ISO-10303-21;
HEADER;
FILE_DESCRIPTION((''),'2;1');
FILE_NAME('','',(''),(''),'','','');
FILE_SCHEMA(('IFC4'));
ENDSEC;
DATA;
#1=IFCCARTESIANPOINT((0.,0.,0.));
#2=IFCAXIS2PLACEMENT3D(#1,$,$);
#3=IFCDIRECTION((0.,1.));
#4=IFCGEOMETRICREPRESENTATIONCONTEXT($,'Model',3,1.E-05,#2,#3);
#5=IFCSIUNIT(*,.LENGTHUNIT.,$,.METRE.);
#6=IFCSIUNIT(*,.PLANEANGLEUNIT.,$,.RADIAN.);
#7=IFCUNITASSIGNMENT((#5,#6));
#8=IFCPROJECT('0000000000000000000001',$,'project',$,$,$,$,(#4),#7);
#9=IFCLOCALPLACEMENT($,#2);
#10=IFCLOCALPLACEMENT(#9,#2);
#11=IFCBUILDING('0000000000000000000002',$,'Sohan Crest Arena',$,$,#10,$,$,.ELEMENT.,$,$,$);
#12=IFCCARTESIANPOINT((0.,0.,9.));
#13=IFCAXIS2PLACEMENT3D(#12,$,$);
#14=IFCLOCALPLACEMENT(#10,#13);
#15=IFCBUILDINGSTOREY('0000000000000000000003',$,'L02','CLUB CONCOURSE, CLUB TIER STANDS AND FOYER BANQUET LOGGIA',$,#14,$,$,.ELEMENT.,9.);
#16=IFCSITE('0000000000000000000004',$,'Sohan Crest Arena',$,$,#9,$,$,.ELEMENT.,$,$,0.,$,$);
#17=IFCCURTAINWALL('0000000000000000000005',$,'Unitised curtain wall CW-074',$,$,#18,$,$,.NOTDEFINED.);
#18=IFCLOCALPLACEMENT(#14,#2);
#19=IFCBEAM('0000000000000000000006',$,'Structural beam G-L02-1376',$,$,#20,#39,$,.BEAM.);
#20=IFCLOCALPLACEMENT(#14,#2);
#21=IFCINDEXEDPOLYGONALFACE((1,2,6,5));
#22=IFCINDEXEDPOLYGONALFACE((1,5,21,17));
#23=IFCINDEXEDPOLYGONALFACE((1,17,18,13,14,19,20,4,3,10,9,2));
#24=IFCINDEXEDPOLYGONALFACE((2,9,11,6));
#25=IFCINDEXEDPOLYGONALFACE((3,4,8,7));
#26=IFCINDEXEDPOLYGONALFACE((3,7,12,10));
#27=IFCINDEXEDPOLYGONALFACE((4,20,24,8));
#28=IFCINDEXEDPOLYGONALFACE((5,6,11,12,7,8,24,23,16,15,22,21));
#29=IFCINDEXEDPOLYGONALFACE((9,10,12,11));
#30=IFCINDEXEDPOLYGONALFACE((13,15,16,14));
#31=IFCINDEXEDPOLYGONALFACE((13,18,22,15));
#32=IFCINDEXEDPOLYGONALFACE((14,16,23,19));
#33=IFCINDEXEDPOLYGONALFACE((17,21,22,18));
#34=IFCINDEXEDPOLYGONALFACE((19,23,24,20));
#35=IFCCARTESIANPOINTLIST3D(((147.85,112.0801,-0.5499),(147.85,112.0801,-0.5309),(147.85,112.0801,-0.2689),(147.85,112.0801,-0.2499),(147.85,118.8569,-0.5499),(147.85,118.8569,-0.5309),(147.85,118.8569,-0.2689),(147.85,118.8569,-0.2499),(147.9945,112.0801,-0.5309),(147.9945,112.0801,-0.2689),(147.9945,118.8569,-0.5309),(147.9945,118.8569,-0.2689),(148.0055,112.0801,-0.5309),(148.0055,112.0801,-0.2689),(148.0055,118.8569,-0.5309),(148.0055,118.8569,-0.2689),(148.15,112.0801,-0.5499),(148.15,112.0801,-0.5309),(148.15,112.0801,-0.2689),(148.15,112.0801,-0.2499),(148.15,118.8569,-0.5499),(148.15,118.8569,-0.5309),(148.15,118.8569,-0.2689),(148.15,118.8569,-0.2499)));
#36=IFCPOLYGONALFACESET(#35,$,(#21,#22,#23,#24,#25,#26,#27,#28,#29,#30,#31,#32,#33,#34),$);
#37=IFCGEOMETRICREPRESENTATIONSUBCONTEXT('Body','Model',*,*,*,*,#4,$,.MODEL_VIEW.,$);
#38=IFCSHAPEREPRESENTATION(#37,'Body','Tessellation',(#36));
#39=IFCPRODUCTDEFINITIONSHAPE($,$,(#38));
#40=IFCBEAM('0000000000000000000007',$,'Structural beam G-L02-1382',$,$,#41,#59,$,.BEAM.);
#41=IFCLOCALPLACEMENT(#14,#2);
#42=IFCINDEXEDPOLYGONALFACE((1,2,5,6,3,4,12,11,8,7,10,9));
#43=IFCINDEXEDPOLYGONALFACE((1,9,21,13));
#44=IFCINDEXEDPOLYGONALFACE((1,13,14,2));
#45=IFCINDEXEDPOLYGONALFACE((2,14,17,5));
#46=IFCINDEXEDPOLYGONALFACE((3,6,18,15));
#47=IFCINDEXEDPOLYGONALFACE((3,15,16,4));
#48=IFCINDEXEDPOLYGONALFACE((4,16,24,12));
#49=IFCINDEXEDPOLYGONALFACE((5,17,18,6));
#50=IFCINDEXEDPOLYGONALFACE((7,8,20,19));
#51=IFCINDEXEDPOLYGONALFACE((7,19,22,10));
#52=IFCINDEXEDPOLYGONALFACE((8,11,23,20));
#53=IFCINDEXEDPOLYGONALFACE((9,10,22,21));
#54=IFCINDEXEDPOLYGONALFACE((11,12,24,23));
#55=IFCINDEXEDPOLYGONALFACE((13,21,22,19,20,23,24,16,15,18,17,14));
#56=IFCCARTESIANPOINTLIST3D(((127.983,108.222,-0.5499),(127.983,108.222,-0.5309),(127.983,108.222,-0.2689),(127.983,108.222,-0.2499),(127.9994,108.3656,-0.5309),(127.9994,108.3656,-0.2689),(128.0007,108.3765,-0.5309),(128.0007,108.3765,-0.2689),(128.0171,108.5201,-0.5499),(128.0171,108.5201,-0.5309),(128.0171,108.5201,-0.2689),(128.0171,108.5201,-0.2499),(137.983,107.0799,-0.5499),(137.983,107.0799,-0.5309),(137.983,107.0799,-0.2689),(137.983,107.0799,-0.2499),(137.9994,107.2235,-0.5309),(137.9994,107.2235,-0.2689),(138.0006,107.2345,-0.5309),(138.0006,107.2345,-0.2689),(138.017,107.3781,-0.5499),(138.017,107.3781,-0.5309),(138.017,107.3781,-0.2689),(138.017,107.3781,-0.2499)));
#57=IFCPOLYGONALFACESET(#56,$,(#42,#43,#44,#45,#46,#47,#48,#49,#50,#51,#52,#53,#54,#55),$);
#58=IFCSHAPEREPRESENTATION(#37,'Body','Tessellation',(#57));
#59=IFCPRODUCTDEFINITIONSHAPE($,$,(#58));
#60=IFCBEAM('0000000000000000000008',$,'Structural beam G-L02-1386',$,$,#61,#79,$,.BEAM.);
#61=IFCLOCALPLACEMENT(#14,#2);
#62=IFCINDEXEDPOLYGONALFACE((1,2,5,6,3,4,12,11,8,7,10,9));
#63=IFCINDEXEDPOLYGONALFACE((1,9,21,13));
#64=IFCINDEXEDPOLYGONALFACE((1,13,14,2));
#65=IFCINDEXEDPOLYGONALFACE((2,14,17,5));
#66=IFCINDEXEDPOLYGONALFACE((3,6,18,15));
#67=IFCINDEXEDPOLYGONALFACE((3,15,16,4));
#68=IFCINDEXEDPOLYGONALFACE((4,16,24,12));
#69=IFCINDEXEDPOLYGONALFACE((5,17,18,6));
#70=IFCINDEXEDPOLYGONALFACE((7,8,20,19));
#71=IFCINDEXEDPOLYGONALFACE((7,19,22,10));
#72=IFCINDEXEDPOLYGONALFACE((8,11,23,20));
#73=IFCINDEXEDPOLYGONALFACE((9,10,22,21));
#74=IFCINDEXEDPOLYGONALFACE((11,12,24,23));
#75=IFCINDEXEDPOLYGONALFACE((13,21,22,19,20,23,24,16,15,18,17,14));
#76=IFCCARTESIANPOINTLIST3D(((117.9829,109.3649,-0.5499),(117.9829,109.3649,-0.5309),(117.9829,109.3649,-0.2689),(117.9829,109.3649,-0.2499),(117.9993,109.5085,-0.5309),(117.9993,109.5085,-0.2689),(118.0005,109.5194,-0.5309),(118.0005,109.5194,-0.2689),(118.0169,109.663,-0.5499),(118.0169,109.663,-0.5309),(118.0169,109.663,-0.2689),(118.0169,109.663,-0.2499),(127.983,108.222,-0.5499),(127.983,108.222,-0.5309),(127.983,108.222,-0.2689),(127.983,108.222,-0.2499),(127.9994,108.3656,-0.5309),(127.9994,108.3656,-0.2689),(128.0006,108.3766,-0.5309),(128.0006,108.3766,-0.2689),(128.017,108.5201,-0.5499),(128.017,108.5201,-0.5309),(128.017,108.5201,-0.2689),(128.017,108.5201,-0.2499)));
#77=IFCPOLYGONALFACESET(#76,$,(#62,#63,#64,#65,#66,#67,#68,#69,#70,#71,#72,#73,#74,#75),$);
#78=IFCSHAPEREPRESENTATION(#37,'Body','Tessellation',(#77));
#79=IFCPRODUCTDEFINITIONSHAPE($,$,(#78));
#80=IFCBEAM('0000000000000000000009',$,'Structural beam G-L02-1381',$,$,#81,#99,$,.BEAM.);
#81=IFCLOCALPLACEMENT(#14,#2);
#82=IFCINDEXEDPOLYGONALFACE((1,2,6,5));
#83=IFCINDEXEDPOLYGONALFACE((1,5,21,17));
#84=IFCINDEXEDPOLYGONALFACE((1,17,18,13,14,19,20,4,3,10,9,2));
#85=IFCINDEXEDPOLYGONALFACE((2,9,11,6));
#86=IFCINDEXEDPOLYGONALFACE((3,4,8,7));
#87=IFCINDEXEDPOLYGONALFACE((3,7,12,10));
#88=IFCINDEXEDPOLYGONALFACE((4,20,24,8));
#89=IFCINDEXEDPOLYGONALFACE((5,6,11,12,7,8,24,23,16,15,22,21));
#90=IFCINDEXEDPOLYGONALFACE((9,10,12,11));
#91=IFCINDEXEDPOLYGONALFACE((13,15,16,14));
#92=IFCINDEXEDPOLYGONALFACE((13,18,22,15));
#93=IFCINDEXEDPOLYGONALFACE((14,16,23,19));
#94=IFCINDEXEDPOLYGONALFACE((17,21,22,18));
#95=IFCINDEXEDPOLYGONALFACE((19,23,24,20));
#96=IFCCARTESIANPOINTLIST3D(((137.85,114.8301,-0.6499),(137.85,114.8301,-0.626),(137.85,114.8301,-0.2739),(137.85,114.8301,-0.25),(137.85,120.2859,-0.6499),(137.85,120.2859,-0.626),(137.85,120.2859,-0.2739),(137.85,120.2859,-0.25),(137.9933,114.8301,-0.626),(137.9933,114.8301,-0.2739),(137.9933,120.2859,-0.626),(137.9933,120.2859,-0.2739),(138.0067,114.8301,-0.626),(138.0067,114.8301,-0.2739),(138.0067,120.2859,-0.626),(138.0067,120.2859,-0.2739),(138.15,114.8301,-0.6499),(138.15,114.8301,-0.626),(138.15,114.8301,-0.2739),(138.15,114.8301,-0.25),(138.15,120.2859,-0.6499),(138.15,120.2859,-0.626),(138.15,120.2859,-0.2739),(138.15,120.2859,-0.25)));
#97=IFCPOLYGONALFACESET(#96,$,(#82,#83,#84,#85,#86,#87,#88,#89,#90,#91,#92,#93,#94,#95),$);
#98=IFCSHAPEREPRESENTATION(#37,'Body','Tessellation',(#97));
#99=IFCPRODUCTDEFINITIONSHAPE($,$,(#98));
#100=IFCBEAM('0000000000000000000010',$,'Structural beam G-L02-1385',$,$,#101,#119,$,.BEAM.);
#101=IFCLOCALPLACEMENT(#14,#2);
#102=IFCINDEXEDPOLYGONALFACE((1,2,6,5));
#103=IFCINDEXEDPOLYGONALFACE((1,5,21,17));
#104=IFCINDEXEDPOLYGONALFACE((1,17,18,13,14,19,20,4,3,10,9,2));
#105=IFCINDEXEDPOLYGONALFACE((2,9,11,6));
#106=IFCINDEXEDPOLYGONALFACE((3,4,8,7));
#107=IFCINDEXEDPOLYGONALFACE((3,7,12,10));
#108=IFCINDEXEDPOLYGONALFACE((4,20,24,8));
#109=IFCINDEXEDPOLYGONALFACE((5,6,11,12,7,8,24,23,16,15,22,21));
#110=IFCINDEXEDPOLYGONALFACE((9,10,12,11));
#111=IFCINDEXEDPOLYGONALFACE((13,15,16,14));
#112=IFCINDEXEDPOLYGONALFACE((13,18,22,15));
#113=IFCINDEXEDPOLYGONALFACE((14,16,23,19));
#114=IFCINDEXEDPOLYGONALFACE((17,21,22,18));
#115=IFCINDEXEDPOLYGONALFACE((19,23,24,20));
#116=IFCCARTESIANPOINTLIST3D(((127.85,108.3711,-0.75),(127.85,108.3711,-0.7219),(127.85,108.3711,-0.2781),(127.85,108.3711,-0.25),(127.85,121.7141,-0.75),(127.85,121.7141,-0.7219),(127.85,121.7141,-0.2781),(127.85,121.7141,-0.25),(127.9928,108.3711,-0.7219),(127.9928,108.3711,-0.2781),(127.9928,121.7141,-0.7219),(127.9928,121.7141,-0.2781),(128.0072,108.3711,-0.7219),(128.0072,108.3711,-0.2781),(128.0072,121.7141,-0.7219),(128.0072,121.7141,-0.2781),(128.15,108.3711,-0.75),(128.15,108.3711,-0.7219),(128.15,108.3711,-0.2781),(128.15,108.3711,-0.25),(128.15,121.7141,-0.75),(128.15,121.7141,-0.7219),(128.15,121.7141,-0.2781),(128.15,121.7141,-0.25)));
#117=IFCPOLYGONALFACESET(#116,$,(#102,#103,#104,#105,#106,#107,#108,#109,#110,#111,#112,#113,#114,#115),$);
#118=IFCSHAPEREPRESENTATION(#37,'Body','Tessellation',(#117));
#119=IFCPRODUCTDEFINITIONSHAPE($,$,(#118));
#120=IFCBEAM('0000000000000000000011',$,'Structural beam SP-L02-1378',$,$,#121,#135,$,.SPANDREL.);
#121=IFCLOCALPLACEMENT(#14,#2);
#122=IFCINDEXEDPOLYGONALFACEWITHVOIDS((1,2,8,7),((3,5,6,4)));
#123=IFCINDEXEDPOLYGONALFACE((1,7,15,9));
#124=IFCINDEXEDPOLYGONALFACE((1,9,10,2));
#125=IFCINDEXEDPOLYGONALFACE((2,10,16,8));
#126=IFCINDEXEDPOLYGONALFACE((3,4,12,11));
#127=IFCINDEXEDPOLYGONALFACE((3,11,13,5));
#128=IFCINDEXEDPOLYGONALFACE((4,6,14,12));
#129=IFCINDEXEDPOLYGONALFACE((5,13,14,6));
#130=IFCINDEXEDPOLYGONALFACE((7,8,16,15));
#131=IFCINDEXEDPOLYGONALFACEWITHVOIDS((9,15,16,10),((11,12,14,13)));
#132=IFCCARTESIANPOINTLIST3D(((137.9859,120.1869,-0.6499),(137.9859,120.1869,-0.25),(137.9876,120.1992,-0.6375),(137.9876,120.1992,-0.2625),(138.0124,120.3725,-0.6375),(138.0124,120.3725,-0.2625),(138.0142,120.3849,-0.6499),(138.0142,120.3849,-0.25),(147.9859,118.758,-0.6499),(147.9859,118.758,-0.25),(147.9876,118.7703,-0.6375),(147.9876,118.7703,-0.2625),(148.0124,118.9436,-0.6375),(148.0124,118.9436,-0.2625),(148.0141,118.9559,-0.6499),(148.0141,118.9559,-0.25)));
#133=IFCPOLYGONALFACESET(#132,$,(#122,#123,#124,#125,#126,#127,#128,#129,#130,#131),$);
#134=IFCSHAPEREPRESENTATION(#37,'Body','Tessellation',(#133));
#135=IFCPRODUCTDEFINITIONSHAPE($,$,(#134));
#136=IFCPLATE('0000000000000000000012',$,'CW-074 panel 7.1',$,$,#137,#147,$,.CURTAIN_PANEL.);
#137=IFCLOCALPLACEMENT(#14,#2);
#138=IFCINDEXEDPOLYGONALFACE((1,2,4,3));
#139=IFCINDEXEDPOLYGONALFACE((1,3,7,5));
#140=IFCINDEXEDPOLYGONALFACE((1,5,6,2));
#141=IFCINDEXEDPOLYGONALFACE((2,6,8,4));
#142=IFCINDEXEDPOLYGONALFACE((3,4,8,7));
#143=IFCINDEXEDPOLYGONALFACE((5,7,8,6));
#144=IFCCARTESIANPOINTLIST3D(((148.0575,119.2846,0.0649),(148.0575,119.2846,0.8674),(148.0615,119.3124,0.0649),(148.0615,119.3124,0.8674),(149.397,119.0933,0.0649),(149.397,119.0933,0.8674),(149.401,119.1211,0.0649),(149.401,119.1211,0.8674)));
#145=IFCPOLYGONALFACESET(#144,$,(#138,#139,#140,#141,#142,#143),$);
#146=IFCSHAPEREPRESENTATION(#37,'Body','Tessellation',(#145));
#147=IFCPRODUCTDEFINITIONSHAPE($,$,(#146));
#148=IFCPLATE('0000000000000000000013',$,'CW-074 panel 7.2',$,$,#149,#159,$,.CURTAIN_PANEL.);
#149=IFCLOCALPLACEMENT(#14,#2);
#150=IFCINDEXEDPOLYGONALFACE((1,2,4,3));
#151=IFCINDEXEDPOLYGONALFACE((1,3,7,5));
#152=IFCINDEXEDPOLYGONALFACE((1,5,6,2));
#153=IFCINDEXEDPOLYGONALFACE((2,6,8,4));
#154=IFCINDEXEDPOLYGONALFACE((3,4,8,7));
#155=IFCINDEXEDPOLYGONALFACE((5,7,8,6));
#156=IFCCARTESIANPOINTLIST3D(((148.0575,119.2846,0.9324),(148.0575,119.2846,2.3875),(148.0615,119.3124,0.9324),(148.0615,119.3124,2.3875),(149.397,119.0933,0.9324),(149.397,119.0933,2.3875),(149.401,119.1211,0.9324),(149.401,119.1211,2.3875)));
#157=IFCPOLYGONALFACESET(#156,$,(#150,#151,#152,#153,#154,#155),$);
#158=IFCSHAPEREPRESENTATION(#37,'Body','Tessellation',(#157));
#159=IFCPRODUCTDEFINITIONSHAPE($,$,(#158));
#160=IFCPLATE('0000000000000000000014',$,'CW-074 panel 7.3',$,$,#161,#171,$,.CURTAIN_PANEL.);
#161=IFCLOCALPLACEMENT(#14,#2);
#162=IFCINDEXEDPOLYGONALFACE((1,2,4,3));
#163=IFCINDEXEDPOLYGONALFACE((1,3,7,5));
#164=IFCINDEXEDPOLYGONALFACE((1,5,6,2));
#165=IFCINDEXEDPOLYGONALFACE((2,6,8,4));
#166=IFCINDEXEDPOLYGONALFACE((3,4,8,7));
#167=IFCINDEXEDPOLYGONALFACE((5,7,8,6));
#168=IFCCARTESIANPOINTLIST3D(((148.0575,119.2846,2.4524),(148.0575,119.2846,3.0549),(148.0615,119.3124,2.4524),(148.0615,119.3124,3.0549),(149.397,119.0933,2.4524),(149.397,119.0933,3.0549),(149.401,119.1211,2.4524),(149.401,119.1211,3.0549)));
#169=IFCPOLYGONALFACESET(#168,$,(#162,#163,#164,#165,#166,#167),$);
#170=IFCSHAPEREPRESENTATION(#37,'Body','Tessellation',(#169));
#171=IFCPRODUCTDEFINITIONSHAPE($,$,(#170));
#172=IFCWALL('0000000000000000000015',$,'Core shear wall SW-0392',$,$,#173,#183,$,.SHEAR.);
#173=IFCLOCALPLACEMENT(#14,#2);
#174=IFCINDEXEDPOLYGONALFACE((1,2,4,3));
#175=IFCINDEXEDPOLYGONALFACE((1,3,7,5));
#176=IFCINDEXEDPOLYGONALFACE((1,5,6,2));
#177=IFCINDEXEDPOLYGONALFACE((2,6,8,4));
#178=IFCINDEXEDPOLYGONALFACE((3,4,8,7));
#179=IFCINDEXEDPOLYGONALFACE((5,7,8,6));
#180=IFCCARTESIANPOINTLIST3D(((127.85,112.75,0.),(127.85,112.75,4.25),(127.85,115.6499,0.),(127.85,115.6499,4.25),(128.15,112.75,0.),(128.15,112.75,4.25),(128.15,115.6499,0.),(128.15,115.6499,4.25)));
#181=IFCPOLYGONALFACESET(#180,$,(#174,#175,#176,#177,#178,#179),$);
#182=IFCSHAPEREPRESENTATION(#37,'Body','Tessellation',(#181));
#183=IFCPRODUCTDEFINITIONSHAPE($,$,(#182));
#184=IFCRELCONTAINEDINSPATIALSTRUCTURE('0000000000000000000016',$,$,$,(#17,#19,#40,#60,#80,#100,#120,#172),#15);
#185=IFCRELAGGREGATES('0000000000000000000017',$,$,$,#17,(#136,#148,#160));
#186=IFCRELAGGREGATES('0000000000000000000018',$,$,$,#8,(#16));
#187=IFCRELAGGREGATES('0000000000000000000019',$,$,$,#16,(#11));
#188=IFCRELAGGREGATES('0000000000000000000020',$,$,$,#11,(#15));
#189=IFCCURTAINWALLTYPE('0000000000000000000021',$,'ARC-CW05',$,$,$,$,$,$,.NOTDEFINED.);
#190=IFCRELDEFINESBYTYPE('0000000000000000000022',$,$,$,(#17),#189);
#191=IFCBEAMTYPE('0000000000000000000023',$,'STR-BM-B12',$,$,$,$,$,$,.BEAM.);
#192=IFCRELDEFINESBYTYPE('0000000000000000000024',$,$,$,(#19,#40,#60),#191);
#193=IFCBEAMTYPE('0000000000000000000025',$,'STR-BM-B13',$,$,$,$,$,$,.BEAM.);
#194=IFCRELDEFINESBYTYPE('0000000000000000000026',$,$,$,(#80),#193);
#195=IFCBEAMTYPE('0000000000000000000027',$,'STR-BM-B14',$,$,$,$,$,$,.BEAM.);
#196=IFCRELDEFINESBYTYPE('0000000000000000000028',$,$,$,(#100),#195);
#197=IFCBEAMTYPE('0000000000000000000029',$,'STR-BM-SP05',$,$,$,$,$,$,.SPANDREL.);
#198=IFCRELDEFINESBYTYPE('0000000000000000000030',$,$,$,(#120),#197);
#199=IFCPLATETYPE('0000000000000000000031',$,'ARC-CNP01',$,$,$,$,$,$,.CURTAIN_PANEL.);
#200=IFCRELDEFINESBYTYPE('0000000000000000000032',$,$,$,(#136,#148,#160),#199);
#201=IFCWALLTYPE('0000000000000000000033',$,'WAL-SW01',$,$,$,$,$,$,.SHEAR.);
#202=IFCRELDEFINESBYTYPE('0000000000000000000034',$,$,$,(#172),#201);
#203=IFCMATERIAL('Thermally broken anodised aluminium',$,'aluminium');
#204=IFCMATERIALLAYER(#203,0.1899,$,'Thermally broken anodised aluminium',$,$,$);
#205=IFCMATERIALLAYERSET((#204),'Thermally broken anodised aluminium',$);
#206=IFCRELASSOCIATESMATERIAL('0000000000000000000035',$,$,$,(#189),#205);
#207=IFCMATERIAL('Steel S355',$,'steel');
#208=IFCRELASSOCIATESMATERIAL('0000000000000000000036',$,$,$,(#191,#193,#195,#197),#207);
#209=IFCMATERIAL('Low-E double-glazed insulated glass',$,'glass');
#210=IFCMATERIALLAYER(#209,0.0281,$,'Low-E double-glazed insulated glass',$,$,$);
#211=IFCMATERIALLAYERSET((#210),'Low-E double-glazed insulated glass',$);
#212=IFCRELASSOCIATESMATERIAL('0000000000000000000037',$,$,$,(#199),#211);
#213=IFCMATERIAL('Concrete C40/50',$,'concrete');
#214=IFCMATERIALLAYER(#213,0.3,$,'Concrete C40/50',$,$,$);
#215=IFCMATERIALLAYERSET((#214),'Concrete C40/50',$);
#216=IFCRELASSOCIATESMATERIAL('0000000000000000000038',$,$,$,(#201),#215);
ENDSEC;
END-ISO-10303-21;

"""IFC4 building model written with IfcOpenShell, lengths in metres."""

from ifc_helpers import new_model, si_unit, direction, frame, frame_2d, origin, origin_2d, place, context, subcontext, project, spatial, rectangle, hollow_rectangle, i_section, extrude, material, layer, layer_set, material_profile, profile_set, type_object, element, aggregate, save


model = new_model("IFC4")

# Units and contexts
model_context = context("Model", 3, precision=1e-05, world=origin(), true_north=direction((0.0, 1.0)))
body_context = subcontext(model_context, "Body", "Model", "MODEL_VIEW")
ifc_project = project(units=[si_unit("LENGTHUNIT", "METRE"), si_unit("PLANEANGLEUNIT", "RADIAN")], contexts=[model_context])

# Site, building, storey
site_placement = place(None, origin())
site = spatial("IfcSite", under=ifc_project, at=site_placement, Name="Sohan Crest Arena", CompositionType="ELEMENT", RefElevation=0.0)
building_placement = place(site_placement, origin())
building = spatial("IfcBuilding", under=site, at=building_placement, Name="Sohan Crest Arena", CompositionType="ELEMENT")
storey_placement = place(building_placement, frame((0.0, 0.0, 9.0)))
storey = spatial("IfcBuildingStorey", under=building, at=storey_placement, Name="L02", Description="CLUB CONCOURSE, CLUB TIER STANDS AND FOYER BANQUET LOGGIA", CompositionType="ELEMENT", Elevation=9.0)

# Shared definitions
ifc_material_1 = material(Name="Steel S355", Category="steel")

# Curtain wall
ifc_material_2 = material(Name="Thermally broken anodised aluminium", Category="aluminium")
ifc_layer_1 = layer(ifc_material_2, 0.1899, Name="Thermally broken anodised aluminium")
ifc_layer_set_1 = layer_set([ifc_layer_1], Name="Thermally broken anodised aluminium")
curtain_wall_type_1 = type_object("IfcCurtainWallType", Name="ARC-CW05", PredefinedType="NOTDEFINED", material=ifc_layer_set_1)
curtain_wall_1_placement = place(storey_placement, origin())
curtain_wall_1 = element("IfcCurtainWall", 1, at=curtain_wall_1_placement, inside=storey, type_object=curtain_wall_type_1, Name="Unitised curtain wall CW-074", PredefinedType="NOTDEFINED")

# Beams
ifc_material_profile_1 = material_profile(ifc_material_1, i_section(OverallWidth=0.3, OverallDepth=0.3, WebThickness=0.011, FlangeThickness=0.019, at=origin_2d()), Name="HEB 300")
ifc_profile_set_1 = profile_set([ifc_material_profile_1], Name="Steel S355")
beam_type_1 = type_object("IfcBeamType", Name="STR-BM-B12", PredefinedType="BEAM", material=ifc_profile_set_1)
beam_1_placement = place(storey_placement, frame((148.0, 112.0801, -0.3999), z_axis=(0.0, 1.0, 0.0), x_axis=(-1.0, 0.0, 0.0)))
element("IfcBeam", 2, at=beam_1_placement, inside=storey, type_object=beam_type_1, Name="Structural beam G-L02-1376", PredefinedType="BEAM", context=body_context, shape_type="SweptSolid", body=[
    extrude(i_section(OverallWidth=0.3, OverallDepth=0.3, WebThickness=0.011, FlangeThickness=0.019, at=origin_2d()), origin(), (0.0, 0.0, 1.0), 6.7769),
])
beam_2_placement = place(storey_placement, frame((138.0, 107.229, -0.3999), z_axis=(-0.993541, 0.113471, 0.0), x_axis=(-0.113471, -0.993541, 0.0)))
element("IfcBeam", 3, at=beam_2_placement, inside=storey, type_object=beam_type_1, Name="Structural beam G-L02-1382", PredefinedType="BEAM", context=body_context, shape_type="SweptSolid", body=[
    extrude(i_section(OverallWidth=0.3, OverallDepth=0.3, WebThickness=0.011, FlangeThickness=0.019, at=origin_2d()), origin(), (0.0, 0.0, 1.0), 10.0649),
])
beam_3_placement = place(storey_placement, frame((128.0, 108.3711, -0.3999), z_axis=(-0.993533, 0.113543, 0.0), x_axis=(-0.113543, -0.993533, 0.0)))
element("IfcBeam", 4, at=beam_3_placement, inside=storey, type_object=beam_type_1, Name="Structural beam G-L02-1386", PredefinedType="BEAM", context=body_context, shape_type="SweptSolid", body=[
    extrude(i_section(OverallWidth=0.3, OverallDepth=0.3, WebThickness=0.011, FlangeThickness=0.019, at=origin_2d()), origin(), (0.0, 0.0, 1.0), 10.0652),
])
ifc_material_profile_2 = material_profile(ifc_material_1, i_section(OverallWidth=0.3, OverallDepth=0.3999, WebThickness=0.0134, FlangeThickness=0.0239, at=origin_2d()), Name="HEB 400")
ifc_profile_set_2 = profile_set([ifc_material_profile_2], Name="Steel S355")
beam_type_2 = type_object("IfcBeamType", Name="STR-BM-B13", PredefinedType="BEAM", material=ifc_profile_set_2)
beam_4_placement = place(storey_placement, frame((138.0, 114.8301, -0.45), z_axis=(0.0, 1.0, 0.0), x_axis=(-1.0, 0.0, 0.0)))
element("IfcBeam", 5, at=beam_4_placement, inside=storey, type_object=beam_type_2, Name="Structural beam G-L02-1381", PredefinedType="BEAM", context=body_context, shape_type="SweptSolid", body=[
    extrude(i_section(OverallWidth=0.3, OverallDepth=0.3999, WebThickness=0.0134, FlangeThickness=0.0239, at=origin_2d()), origin(), (0.0, 0.0, 1.0), 5.4558),
])
ifc_material_profile_3 = material_profile(ifc_material_1, i_section(OverallWidth=0.3, OverallDepth=0.5, WebThickness=0.0144, FlangeThickness=0.0281, at=origin_2d()), Name="HEB 500")
ifc_profile_set_3 = profile_set([ifc_material_profile_3], Name="Steel S355")
beam_type_3 = type_object("IfcBeamType", Name="STR-BM-B14", PredefinedType="BEAM", material=ifc_profile_set_3)
beam_5_placement = place(storey_placement, frame((128.0, 108.3711, -0.5), z_axis=(0.0, 1.0, 0.0), x_axis=(-1.0, 0.0, 0.0)))
element("IfcBeam", 6, at=beam_5_placement, inside=storey, type_object=beam_type_3, Name="Structural beam G-L02-1385", PredefinedType="BEAM", context=body_context, shape_type="SweptSolid", body=[
    extrude(i_section(OverallWidth=0.3, OverallDepth=0.5, WebThickness=0.0144, FlangeThickness=0.0281, at=origin_2d()), origin(), (0.0, 0.0, 1.0), 13.343),
])
ifc_material_profile_4 = material_profile(ifc_material_1, hollow_rectangle(XDim=0.2, YDim=0.3999, WallThickness=0.0125, at=origin_2d()), Name="RHS 400x200x12.5")
ifc_profile_set_4 = profile_set([ifc_material_profile_4], Name="Steel S355")
beam_type_4 = type_object("IfcBeamType", Name="STR-BM-SP05", PredefinedType="SPANDREL", material=ifc_profile_set_4)
beam_6_placement = place(storey_placement, frame((148.0, 118.8569, -0.45), z_axis=(-0.989944, 0.141459, 0.0), x_axis=(-0.141459, -0.989944, 0.0)))
element("IfcBeam", 7, at=beam_6_placement, inside=storey, type_object=beam_type_4, Name="Structural beam SP-L02-1378", PredefinedType="SPANDREL", context=body_context, shape_type="SweptSolid", body=[
    extrude(hollow_rectangle(XDim=0.2, YDim=0.3999, WallThickness=0.0125, at=origin_2d()), origin(), (0.0, 0.0, 1.0), 10.1016),
])

# Plates
ifc_material_3 = material(Name="Low-E double-glazed insulated glass", Category="glass")
ifc_layer_2 = layer(ifc_material_3, 0.0281, Name="Low-E double-glazed insulated glass")
ifc_layer_set_2 = layer_set([ifc_layer_2], Name="Low-E double-glazed insulated glass")
plate_type = type_object("IfcPlateType", Name="ARC-CNP01", PredefinedType="CURTAIN_PANEL", material=ifc_layer_set_2)
plate_1_placement = place(storey_placement, frame((148.7292, 119.2029, 0.0649), z_axis=(0.0, 0.0, 1.0), x_axis=(-0.989957, 0.141366, 0.0)))
plate_1 = element("IfcPlate", 8, at=plate_1_placement, type_object=plate_type, Name="CW-074 panel 7.1", PredefinedType="CURTAIN_PANEL", context=body_context, shape_type="SweptSolid", body=[
    extrude(rectangle(XDim=1.353, YDim=0.0281, at=origin_2d()), origin(), (0.0, 0.0, 1.0), 0.8025),
])
plate_2_placement = place(storey_placement, frame((148.7292, 119.2029, 0.9324), z_axis=(0.0, 0.0, 1.0), x_axis=(-0.989957, 0.141366, 0.0)))
plate_2 = element("IfcPlate", 9, at=plate_2_placement, type_object=plate_type, Name="CW-074 panel 7.2", PredefinedType="CURTAIN_PANEL", context=body_context, shape_type="SweptSolid", body=[
    extrude(rectangle(XDim=1.353, YDim=0.0281, at=origin_2d()), origin(), (0.0, 0.0, 1.0), 1.4551),
])
plate_3_placement = place(storey_placement, frame((148.7292, 119.2029, 2.4524), z_axis=(0.0, 0.0, 1.0), x_axis=(-0.989957, 0.141366, 0.0)))
plate_3 = element("IfcPlate", 10, at=plate_3_placement, type_object=plate_type, Name="CW-074 panel 7.3", PredefinedType="CURTAIN_PANEL", context=body_context, shape_type="SweptSolid", body=[
    extrude(rectangle(XDim=1.353, YDim=0.0281, at=origin_2d()), origin(), (0.0, 0.0, 1.0), 0.6025),
])
aggregate(curtain_wall_1, [plate_1, plate_2, plate_3])

# Wall
ifc_material_4 = material(Name="Concrete C40/50", Category="concrete")
ifc_layer_3 = layer(ifc_material_4, 0.3, Name="Concrete C40/50")
ifc_layer_set_3 = layer_set([ifc_layer_3], Name="Concrete C40/50")
wall_type_1 = type_object("IfcWallType", Name="WAL-SW01", PredefinedType="SHEAR", material=ifc_layer_set_3)
for number, where, z_axis, x_axis, name in (
    (11, (128.0, 112.75, 0.0), (0.0, 0.0, 1.0), (0.0, 1.0, 0.0), "Core shear wall SW-0392"),
):
    element("IfcWall", number, at=place(storey_placement, frame(where, z_axis=z_axis, x_axis=x_axis)), inside=storey, type_object=wall_type_1, Name=name, PredefinedType="SHEAR", context=body_context, shape_type="SweptSolid", body=[
        extrude(rectangle(XDim=2.8999, YDim=0.3, at=frame_2d((1.45, 0.0))), origin(), (0.0, 0.0, 1.0), 4.25),
    ])

save(model, "model.ifc")
